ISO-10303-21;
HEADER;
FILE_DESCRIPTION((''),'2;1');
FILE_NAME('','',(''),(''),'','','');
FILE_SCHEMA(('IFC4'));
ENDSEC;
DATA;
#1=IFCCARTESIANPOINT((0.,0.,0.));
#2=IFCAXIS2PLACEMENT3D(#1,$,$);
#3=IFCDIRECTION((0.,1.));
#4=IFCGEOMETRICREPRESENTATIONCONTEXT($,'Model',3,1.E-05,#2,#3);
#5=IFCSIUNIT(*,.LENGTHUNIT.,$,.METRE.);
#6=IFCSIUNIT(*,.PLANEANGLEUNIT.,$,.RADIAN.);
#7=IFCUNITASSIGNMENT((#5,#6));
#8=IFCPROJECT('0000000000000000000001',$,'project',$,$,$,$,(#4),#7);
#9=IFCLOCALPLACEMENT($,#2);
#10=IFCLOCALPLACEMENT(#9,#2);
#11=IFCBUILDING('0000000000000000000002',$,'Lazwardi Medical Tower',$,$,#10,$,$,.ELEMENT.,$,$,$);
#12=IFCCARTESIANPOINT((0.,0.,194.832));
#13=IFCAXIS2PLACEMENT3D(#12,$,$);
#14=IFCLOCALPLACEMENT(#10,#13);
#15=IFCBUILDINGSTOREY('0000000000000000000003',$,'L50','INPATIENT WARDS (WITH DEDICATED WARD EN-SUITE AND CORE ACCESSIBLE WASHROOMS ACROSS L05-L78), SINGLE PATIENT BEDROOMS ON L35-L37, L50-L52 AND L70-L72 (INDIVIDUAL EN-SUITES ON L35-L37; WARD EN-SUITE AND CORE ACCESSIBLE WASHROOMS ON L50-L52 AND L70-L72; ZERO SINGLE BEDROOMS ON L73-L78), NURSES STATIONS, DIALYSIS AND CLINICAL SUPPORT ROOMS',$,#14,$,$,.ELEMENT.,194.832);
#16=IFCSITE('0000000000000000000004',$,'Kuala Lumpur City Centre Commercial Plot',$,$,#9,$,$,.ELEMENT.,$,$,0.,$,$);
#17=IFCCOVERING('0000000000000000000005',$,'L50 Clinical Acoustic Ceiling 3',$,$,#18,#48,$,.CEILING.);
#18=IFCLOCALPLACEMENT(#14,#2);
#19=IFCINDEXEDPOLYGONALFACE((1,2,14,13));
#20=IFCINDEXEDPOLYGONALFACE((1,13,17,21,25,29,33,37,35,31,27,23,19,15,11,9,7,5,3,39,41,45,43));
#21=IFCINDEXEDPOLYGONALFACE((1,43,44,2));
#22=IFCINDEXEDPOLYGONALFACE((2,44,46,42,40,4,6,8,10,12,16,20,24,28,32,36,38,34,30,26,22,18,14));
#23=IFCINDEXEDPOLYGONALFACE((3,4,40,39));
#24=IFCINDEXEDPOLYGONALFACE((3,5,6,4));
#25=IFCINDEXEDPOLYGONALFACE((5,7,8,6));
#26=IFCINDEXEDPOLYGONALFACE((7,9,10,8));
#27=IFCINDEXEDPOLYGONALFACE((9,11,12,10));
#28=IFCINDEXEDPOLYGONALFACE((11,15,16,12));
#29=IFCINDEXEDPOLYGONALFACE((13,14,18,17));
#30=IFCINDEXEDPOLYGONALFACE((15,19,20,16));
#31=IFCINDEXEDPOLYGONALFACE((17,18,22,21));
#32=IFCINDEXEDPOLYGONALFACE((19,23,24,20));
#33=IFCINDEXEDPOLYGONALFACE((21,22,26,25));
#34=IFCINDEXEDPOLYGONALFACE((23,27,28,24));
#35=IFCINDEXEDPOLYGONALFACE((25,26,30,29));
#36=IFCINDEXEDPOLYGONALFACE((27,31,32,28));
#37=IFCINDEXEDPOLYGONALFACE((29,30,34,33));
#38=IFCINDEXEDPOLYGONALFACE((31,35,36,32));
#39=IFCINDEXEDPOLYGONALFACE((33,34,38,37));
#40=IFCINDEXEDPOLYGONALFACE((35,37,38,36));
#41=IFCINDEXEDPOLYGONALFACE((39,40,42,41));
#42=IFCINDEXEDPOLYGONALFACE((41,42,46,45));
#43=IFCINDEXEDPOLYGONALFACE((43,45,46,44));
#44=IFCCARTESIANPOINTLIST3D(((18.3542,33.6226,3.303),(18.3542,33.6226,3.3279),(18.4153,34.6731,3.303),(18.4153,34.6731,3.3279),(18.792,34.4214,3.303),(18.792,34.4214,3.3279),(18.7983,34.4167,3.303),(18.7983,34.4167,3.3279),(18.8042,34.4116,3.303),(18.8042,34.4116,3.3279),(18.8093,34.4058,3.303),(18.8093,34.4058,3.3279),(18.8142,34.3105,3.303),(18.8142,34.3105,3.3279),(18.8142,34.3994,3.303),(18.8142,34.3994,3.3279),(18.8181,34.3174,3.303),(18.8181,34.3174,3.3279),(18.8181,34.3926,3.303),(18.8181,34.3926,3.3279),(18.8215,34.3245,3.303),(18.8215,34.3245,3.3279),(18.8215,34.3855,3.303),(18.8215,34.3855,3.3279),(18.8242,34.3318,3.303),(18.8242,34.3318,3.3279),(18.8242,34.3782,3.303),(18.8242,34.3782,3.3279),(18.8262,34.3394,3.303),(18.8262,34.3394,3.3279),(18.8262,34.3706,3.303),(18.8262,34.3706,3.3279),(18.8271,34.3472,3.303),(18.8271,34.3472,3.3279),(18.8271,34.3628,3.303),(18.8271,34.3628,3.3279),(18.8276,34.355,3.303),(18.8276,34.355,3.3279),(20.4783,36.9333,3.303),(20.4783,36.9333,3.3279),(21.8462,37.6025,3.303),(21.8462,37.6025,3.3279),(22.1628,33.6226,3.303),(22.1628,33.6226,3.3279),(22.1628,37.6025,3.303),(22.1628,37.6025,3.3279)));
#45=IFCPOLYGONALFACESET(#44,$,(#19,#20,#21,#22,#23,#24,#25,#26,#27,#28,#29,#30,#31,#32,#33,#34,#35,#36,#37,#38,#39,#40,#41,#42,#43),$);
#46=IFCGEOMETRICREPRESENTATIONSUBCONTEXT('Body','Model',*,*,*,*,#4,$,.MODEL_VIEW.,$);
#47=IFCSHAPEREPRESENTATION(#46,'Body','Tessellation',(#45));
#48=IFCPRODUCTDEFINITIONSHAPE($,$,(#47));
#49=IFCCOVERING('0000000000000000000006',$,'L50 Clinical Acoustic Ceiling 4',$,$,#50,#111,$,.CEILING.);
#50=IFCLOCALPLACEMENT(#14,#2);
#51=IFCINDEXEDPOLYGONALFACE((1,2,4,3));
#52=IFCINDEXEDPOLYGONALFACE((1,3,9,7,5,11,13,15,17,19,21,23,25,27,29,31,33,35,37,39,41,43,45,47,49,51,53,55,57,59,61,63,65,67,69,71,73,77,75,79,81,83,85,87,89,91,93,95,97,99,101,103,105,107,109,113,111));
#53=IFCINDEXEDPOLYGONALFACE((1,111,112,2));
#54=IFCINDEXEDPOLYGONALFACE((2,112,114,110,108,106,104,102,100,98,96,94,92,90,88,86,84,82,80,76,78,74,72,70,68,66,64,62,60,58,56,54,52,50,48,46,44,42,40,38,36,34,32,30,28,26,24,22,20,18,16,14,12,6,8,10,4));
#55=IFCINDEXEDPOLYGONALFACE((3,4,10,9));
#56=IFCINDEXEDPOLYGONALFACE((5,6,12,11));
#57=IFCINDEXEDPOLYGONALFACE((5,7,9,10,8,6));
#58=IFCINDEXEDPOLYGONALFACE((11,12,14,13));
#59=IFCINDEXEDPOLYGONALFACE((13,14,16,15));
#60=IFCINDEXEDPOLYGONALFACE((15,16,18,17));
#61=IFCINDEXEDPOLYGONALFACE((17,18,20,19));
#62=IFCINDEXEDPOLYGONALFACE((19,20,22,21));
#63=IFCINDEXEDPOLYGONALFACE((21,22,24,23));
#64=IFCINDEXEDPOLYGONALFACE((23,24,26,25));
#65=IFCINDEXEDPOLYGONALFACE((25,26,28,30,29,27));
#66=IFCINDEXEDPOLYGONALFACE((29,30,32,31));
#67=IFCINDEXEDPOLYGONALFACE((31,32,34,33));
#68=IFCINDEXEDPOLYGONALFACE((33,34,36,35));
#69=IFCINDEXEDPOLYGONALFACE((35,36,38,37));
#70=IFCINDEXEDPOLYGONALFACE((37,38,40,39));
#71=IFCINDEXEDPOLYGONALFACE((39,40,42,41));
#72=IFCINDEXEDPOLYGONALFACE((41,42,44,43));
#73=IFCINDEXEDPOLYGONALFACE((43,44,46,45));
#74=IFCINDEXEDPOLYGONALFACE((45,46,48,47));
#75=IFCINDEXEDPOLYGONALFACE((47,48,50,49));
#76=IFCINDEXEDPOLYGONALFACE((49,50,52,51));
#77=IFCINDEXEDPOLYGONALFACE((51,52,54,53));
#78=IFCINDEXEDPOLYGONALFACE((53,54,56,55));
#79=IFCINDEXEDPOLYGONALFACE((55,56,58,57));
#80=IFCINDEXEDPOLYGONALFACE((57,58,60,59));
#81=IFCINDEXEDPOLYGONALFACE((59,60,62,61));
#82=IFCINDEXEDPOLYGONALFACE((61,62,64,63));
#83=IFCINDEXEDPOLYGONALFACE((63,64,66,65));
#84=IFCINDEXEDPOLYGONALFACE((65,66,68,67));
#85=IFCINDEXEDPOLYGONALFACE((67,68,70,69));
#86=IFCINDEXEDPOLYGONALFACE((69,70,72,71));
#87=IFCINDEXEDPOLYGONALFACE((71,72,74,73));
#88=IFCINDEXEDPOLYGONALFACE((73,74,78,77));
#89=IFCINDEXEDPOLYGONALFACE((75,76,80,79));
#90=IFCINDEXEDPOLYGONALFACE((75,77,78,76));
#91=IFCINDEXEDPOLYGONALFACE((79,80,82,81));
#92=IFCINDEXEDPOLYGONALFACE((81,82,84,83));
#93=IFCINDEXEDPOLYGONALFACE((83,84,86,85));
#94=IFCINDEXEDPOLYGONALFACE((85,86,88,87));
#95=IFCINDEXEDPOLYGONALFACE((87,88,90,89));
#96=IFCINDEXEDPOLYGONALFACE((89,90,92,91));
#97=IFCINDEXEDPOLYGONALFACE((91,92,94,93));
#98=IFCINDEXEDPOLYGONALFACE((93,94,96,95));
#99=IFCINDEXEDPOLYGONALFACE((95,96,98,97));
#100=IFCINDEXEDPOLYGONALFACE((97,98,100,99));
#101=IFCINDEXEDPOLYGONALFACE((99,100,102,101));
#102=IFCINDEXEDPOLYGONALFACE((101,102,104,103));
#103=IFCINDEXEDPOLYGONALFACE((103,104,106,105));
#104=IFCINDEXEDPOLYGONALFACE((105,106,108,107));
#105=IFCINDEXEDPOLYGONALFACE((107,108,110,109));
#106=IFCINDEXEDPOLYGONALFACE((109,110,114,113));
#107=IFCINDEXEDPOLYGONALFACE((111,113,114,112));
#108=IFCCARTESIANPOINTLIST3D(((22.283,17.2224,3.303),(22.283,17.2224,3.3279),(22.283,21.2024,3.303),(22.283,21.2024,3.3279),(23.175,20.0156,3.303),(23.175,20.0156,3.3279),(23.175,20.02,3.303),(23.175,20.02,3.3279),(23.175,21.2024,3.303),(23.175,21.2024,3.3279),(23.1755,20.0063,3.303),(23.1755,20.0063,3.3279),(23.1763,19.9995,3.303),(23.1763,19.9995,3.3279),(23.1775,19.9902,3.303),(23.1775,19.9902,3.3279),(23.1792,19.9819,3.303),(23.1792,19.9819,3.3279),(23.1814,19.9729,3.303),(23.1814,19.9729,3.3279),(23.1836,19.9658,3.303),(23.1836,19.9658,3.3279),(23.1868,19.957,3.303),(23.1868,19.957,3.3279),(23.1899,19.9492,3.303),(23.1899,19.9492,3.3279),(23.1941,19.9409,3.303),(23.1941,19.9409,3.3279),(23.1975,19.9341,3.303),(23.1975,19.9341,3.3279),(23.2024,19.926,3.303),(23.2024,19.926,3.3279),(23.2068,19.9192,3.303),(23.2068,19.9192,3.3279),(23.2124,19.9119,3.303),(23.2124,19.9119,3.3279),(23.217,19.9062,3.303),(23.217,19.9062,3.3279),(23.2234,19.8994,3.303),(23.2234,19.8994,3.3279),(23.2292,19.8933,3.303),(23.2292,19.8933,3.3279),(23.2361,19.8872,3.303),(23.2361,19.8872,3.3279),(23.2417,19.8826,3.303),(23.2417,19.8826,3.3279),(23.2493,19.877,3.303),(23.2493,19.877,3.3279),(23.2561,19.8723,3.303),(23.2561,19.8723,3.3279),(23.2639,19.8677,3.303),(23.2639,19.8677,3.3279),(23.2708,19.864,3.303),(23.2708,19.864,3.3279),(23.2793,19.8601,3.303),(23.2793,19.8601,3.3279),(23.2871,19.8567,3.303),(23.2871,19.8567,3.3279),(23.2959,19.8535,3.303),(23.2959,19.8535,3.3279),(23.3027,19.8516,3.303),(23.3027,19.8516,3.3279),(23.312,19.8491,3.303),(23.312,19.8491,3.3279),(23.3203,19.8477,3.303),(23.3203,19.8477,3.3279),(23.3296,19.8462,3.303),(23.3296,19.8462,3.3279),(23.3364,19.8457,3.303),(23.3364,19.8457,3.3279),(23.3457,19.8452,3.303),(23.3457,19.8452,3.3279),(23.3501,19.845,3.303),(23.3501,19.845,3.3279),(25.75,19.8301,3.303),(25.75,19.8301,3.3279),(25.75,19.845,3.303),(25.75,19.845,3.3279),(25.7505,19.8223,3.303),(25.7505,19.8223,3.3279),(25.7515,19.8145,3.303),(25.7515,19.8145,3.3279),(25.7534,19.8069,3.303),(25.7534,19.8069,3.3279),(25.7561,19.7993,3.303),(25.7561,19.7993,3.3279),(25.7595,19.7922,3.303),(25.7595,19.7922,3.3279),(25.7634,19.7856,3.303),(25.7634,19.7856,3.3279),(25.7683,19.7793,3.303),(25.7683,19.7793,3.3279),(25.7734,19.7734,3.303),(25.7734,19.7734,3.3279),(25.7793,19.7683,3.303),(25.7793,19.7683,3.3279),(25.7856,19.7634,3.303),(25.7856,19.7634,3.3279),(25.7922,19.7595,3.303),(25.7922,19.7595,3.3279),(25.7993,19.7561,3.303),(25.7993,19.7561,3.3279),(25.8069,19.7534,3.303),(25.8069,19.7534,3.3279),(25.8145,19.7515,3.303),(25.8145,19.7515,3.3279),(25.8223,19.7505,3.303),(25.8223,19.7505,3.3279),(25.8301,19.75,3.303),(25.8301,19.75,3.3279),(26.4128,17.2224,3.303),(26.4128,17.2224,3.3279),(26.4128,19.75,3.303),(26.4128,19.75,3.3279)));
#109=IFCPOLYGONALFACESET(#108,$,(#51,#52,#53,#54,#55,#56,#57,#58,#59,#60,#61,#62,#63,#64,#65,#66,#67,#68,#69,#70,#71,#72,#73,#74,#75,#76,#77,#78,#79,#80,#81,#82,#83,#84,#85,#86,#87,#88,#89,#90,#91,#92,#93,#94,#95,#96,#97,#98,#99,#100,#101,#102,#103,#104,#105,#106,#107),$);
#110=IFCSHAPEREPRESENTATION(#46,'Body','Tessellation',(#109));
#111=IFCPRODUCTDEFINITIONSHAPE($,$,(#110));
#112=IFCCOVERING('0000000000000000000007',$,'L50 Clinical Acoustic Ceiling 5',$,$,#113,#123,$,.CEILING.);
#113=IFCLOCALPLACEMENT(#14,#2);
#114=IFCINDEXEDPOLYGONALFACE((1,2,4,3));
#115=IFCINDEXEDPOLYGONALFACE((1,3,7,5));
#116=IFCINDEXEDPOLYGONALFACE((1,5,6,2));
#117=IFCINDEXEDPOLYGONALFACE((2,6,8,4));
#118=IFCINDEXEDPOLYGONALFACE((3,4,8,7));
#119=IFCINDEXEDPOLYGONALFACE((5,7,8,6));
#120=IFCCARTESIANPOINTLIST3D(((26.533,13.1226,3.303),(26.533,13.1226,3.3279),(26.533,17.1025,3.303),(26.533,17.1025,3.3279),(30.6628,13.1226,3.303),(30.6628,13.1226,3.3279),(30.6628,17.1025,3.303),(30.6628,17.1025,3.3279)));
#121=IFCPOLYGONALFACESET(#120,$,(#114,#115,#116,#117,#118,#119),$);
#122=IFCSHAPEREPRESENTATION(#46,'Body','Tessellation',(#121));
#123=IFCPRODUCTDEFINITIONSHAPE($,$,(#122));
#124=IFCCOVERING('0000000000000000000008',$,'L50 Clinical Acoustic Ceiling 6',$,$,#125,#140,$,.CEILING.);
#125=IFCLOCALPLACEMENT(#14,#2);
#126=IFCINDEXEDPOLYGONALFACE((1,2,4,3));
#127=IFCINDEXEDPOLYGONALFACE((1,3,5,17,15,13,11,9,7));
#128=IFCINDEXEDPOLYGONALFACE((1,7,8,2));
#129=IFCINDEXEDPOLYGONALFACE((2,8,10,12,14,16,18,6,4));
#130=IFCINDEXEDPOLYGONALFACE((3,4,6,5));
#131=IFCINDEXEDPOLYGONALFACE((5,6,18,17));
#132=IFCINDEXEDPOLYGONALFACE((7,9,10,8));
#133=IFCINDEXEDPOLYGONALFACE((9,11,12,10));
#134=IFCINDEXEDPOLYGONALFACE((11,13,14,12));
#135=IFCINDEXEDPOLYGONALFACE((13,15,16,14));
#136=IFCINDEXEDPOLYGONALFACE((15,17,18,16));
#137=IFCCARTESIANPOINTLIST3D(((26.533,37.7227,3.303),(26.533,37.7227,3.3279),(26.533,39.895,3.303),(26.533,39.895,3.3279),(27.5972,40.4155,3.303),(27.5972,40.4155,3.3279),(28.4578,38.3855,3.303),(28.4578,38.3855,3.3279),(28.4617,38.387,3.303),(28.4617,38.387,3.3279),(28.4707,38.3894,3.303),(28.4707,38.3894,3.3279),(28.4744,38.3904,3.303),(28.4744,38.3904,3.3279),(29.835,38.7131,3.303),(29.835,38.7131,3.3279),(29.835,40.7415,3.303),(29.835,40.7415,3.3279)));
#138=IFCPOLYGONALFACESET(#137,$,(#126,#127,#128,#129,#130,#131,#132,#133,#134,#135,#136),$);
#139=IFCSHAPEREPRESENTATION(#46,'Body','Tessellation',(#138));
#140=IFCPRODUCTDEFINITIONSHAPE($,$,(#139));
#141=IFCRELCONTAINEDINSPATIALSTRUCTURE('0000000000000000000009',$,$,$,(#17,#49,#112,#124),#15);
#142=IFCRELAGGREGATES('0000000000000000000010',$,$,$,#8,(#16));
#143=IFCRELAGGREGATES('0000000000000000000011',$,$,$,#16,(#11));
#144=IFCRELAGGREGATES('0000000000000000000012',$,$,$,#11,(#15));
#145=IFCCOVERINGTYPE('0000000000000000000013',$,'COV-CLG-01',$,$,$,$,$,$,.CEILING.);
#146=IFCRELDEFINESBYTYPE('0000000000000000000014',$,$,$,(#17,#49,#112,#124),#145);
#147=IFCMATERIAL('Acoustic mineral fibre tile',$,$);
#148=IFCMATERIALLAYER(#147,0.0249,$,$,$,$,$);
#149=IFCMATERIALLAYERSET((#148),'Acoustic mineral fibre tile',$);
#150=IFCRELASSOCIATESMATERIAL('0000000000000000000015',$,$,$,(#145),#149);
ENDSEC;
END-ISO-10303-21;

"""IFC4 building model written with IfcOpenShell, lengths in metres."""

from ifc_helpers import new_model, si_unit, direction, frame, origin, place, context, subcontext, project, spatial, polyline, outline, extrude, material, layer, layer_set, type_object, element, save


model = new_model("IFC4")

# Units and contexts
model_context = context("Model", 3, precision=1e-05, world=origin(), true_north=direction((0.0, 1.0)))
body_context = subcontext(model_context, "Body", "Model", "MODEL_VIEW")
ifc_project = project(units=[si_unit("LENGTHUNIT", "METRE"), si_unit("PLANEANGLEUNIT", "RADIAN")], contexts=[model_context])

# Site, building, storey
site_placement = place(None, origin())
site = spatial("IfcSite", under=ifc_project, at=site_placement, Name="Kuala Lumpur City Centre Commercial Plot", CompositionType="ELEMENT", RefElevation=0.0)
building_placement = place(site_placement, origin())
building = spatial("IfcBuilding", under=site, at=building_placement, Name="Lazwardi Medical Tower", CompositionType="ELEMENT")
storey_placement = place(building_placement, frame((0.0, 0.0, 194.832)))
storey = spatial("IfcBuildingStorey", under=building, at=storey_placement, Name="L50", Description="INPATIENT WARDS (WITH DEDICATED WARD EN-SUITE AND CORE ACCESSIBLE WASHROOMS ACROSS L05-L78), SINGLE PATIENT BEDROOMS ON L35-L37, L50-L52 AND L70-L72 (INDIVIDUAL EN-SUITES ON L35-L37; WARD EN-SUITE AND CORE ACCESSIBLE WASHROOMS ON L50-L52 AND L70-L72; ZERO SINGLE BEDROOMS ON L73-L78), NURSES STATIONS, DIALYSIS AND CLINICAL SUPPORT ROOMS", CompositionType="ELEMENT", Elevation=194.832)

# Coverings
ifc_material_1 = material(Name="Acoustic mineral fibre tile")
ifc_layer_1 = layer(ifc_material_1, 0.0249)
ifc_layer_set_1 = layer_set([ifc_layer_1], Name="Acoustic mineral fibre tile")
covering_type_1 = type_object("IfcCoveringType", Name="COV-CLG-01", PredefinedType="CEILING", material=ifc_layer_set_1)
covering_1_placement = place(storey_placement, frame((0.0, 0.0, 3.303)))
element("IfcCovering", 1, at=covering_1_placement, inside=storey, type_object=covering_type_1, Name="L50 Clinical Acoustic Ceiling 3", PredefinedType="CEILING", context=body_context, shape_type="SweptSolid", body=[
    extrude(outline(polyline([(21.8462, 37.6025), (20.4783, 36.9333), (18.4153, 34.6731), (18.792, 34.4214), (18.7983, 34.4167), (18.8042, 34.4116), (18.8093, 34.4058), (18.8142, 34.3994), (18.8181, 34.3926), (18.8215, 34.3855), (18.8242, 34.3782), (18.8262, 34.3706), (18.8271, 34.3628), (18.8276, 34.355), (18.8271, 34.3472), (18.8262, 34.3394), (18.8242, 34.3318), (18.8215, 34.3245), (18.8181, 34.3174), (18.8142, 34.3105), (18.3542, 33.6226), (22.1628, 33.6226), (22.1628, 37.6025), (21.8462, 37.6025)])), origin(), (0.0, 0.0, 1.0), 0.0249),
])
covering_2_placement = place(storey_placement, frame((0.0, 0.0, 3.303)))
element("IfcCovering", 2, at=covering_2_placement, inside=storey, type_object=covering_type_1, Name="L50 Clinical Acoustic Ceiling 4", PredefinedType="CEILING", context=body_context, shape_type="SweptSolid", body=[
    extrude(outline(polyline([(26.4128, 19.75), (25.8301, 19.75), (25.8223, 19.7505), (25.8145, 19.7515), (25.8069, 19.7534), (25.7993, 19.7561), (25.7922, 19.7595), (25.7856, 19.7634), (25.7793, 19.7683), (25.7734, 19.7734), (25.7683, 19.7793), (25.7634, 19.7856), (25.7595, 19.7922), (25.7561, 19.7993), (25.7534, 19.8069), (25.7515, 19.8145), (25.7505, 19.8223), (25.75, 19.8301), (25.75, 19.845), (23.3501, 19.845), (23.3457, 19.8452), (23.3364, 19.8457), (23.3296, 19.8462), (23.3203, 19.8477), (23.312, 19.8491), (23.3027, 19.8516), (23.2959, 19.8535), (23.2871, 19.8567), (23.2793, 19.8601), (23.2708, 19.864), (23.2639, 19.8677), (23.2561, 19.8723), (23.2493, 19.877), (23.2417, 19.8826), (23.2361, 19.8872), (23.2292, 19.8933), (23.2234, 19.8994), (23.217, 19.9062), (23.2124, 19.9119), (23.2068, 19.9192), (23.2024, 19.926), (23.1975, 19.9341), (23.1941, 19.9409), (23.1899, 19.9492), (23.1868, 19.957), (23.1836, 19.9658), (23.1814, 19.9729), (23.1792, 19.9819), (23.1775, 19.9902), (23.1763, 19.9995), (23.1755, 20.0063), (23.175, 20.0156), (23.175, 20.02), (23.175, 21.2024), (22.283, 21.2024), (22.283, 17.2224), (26.4128, 17.2224), (26.4128, 19.75)])), origin(), (0.0, 0.0, 1.0), 0.0249),
])
covering_3_placement = place(storey_placement, frame((0.0, 0.0, 3.303)))
element("IfcCovering", 3, at=covering_3_placement, inside=storey, type_object=covering_type_1, Name="L50 Clinical Acoustic Ceiling 5", PredefinedType="CEILING", context=body_context, shape_type="SweptSolid", body=[
    extrude(outline(polyline([(30.6628, 13.1226), (30.6628, 17.1025), (26.533, 17.1025), (26.533, 13.1226), (30.6628, 13.1226)])), origin(), (0.0, 0.0, 1.0), 0.0249),
])
covering_4_placement = place(storey_placement, frame((0.0, 0.0, 3.303)))
element("IfcCovering", 4, at=covering_4_placement, inside=storey, type_object=covering_type_1, Name="L50 Clinical Acoustic Ceiling 6", PredefinedType="CEILING", context=body_context, shape_type="SweptSolid", body=[
    extrude(outline(polyline([(26.533, 37.7227), (28.4578, 38.3855), (28.4617, 38.387), (28.4707, 38.3894), (28.4744, 38.3904), (29.835, 38.7131), (29.835, 40.7415), (27.5972, 40.4155), (26.533, 39.895), (26.533, 37.7227)])), origin(), (0.0, 0.0, 1.0), 0.0249),
])

save(model, "model.ifc")
